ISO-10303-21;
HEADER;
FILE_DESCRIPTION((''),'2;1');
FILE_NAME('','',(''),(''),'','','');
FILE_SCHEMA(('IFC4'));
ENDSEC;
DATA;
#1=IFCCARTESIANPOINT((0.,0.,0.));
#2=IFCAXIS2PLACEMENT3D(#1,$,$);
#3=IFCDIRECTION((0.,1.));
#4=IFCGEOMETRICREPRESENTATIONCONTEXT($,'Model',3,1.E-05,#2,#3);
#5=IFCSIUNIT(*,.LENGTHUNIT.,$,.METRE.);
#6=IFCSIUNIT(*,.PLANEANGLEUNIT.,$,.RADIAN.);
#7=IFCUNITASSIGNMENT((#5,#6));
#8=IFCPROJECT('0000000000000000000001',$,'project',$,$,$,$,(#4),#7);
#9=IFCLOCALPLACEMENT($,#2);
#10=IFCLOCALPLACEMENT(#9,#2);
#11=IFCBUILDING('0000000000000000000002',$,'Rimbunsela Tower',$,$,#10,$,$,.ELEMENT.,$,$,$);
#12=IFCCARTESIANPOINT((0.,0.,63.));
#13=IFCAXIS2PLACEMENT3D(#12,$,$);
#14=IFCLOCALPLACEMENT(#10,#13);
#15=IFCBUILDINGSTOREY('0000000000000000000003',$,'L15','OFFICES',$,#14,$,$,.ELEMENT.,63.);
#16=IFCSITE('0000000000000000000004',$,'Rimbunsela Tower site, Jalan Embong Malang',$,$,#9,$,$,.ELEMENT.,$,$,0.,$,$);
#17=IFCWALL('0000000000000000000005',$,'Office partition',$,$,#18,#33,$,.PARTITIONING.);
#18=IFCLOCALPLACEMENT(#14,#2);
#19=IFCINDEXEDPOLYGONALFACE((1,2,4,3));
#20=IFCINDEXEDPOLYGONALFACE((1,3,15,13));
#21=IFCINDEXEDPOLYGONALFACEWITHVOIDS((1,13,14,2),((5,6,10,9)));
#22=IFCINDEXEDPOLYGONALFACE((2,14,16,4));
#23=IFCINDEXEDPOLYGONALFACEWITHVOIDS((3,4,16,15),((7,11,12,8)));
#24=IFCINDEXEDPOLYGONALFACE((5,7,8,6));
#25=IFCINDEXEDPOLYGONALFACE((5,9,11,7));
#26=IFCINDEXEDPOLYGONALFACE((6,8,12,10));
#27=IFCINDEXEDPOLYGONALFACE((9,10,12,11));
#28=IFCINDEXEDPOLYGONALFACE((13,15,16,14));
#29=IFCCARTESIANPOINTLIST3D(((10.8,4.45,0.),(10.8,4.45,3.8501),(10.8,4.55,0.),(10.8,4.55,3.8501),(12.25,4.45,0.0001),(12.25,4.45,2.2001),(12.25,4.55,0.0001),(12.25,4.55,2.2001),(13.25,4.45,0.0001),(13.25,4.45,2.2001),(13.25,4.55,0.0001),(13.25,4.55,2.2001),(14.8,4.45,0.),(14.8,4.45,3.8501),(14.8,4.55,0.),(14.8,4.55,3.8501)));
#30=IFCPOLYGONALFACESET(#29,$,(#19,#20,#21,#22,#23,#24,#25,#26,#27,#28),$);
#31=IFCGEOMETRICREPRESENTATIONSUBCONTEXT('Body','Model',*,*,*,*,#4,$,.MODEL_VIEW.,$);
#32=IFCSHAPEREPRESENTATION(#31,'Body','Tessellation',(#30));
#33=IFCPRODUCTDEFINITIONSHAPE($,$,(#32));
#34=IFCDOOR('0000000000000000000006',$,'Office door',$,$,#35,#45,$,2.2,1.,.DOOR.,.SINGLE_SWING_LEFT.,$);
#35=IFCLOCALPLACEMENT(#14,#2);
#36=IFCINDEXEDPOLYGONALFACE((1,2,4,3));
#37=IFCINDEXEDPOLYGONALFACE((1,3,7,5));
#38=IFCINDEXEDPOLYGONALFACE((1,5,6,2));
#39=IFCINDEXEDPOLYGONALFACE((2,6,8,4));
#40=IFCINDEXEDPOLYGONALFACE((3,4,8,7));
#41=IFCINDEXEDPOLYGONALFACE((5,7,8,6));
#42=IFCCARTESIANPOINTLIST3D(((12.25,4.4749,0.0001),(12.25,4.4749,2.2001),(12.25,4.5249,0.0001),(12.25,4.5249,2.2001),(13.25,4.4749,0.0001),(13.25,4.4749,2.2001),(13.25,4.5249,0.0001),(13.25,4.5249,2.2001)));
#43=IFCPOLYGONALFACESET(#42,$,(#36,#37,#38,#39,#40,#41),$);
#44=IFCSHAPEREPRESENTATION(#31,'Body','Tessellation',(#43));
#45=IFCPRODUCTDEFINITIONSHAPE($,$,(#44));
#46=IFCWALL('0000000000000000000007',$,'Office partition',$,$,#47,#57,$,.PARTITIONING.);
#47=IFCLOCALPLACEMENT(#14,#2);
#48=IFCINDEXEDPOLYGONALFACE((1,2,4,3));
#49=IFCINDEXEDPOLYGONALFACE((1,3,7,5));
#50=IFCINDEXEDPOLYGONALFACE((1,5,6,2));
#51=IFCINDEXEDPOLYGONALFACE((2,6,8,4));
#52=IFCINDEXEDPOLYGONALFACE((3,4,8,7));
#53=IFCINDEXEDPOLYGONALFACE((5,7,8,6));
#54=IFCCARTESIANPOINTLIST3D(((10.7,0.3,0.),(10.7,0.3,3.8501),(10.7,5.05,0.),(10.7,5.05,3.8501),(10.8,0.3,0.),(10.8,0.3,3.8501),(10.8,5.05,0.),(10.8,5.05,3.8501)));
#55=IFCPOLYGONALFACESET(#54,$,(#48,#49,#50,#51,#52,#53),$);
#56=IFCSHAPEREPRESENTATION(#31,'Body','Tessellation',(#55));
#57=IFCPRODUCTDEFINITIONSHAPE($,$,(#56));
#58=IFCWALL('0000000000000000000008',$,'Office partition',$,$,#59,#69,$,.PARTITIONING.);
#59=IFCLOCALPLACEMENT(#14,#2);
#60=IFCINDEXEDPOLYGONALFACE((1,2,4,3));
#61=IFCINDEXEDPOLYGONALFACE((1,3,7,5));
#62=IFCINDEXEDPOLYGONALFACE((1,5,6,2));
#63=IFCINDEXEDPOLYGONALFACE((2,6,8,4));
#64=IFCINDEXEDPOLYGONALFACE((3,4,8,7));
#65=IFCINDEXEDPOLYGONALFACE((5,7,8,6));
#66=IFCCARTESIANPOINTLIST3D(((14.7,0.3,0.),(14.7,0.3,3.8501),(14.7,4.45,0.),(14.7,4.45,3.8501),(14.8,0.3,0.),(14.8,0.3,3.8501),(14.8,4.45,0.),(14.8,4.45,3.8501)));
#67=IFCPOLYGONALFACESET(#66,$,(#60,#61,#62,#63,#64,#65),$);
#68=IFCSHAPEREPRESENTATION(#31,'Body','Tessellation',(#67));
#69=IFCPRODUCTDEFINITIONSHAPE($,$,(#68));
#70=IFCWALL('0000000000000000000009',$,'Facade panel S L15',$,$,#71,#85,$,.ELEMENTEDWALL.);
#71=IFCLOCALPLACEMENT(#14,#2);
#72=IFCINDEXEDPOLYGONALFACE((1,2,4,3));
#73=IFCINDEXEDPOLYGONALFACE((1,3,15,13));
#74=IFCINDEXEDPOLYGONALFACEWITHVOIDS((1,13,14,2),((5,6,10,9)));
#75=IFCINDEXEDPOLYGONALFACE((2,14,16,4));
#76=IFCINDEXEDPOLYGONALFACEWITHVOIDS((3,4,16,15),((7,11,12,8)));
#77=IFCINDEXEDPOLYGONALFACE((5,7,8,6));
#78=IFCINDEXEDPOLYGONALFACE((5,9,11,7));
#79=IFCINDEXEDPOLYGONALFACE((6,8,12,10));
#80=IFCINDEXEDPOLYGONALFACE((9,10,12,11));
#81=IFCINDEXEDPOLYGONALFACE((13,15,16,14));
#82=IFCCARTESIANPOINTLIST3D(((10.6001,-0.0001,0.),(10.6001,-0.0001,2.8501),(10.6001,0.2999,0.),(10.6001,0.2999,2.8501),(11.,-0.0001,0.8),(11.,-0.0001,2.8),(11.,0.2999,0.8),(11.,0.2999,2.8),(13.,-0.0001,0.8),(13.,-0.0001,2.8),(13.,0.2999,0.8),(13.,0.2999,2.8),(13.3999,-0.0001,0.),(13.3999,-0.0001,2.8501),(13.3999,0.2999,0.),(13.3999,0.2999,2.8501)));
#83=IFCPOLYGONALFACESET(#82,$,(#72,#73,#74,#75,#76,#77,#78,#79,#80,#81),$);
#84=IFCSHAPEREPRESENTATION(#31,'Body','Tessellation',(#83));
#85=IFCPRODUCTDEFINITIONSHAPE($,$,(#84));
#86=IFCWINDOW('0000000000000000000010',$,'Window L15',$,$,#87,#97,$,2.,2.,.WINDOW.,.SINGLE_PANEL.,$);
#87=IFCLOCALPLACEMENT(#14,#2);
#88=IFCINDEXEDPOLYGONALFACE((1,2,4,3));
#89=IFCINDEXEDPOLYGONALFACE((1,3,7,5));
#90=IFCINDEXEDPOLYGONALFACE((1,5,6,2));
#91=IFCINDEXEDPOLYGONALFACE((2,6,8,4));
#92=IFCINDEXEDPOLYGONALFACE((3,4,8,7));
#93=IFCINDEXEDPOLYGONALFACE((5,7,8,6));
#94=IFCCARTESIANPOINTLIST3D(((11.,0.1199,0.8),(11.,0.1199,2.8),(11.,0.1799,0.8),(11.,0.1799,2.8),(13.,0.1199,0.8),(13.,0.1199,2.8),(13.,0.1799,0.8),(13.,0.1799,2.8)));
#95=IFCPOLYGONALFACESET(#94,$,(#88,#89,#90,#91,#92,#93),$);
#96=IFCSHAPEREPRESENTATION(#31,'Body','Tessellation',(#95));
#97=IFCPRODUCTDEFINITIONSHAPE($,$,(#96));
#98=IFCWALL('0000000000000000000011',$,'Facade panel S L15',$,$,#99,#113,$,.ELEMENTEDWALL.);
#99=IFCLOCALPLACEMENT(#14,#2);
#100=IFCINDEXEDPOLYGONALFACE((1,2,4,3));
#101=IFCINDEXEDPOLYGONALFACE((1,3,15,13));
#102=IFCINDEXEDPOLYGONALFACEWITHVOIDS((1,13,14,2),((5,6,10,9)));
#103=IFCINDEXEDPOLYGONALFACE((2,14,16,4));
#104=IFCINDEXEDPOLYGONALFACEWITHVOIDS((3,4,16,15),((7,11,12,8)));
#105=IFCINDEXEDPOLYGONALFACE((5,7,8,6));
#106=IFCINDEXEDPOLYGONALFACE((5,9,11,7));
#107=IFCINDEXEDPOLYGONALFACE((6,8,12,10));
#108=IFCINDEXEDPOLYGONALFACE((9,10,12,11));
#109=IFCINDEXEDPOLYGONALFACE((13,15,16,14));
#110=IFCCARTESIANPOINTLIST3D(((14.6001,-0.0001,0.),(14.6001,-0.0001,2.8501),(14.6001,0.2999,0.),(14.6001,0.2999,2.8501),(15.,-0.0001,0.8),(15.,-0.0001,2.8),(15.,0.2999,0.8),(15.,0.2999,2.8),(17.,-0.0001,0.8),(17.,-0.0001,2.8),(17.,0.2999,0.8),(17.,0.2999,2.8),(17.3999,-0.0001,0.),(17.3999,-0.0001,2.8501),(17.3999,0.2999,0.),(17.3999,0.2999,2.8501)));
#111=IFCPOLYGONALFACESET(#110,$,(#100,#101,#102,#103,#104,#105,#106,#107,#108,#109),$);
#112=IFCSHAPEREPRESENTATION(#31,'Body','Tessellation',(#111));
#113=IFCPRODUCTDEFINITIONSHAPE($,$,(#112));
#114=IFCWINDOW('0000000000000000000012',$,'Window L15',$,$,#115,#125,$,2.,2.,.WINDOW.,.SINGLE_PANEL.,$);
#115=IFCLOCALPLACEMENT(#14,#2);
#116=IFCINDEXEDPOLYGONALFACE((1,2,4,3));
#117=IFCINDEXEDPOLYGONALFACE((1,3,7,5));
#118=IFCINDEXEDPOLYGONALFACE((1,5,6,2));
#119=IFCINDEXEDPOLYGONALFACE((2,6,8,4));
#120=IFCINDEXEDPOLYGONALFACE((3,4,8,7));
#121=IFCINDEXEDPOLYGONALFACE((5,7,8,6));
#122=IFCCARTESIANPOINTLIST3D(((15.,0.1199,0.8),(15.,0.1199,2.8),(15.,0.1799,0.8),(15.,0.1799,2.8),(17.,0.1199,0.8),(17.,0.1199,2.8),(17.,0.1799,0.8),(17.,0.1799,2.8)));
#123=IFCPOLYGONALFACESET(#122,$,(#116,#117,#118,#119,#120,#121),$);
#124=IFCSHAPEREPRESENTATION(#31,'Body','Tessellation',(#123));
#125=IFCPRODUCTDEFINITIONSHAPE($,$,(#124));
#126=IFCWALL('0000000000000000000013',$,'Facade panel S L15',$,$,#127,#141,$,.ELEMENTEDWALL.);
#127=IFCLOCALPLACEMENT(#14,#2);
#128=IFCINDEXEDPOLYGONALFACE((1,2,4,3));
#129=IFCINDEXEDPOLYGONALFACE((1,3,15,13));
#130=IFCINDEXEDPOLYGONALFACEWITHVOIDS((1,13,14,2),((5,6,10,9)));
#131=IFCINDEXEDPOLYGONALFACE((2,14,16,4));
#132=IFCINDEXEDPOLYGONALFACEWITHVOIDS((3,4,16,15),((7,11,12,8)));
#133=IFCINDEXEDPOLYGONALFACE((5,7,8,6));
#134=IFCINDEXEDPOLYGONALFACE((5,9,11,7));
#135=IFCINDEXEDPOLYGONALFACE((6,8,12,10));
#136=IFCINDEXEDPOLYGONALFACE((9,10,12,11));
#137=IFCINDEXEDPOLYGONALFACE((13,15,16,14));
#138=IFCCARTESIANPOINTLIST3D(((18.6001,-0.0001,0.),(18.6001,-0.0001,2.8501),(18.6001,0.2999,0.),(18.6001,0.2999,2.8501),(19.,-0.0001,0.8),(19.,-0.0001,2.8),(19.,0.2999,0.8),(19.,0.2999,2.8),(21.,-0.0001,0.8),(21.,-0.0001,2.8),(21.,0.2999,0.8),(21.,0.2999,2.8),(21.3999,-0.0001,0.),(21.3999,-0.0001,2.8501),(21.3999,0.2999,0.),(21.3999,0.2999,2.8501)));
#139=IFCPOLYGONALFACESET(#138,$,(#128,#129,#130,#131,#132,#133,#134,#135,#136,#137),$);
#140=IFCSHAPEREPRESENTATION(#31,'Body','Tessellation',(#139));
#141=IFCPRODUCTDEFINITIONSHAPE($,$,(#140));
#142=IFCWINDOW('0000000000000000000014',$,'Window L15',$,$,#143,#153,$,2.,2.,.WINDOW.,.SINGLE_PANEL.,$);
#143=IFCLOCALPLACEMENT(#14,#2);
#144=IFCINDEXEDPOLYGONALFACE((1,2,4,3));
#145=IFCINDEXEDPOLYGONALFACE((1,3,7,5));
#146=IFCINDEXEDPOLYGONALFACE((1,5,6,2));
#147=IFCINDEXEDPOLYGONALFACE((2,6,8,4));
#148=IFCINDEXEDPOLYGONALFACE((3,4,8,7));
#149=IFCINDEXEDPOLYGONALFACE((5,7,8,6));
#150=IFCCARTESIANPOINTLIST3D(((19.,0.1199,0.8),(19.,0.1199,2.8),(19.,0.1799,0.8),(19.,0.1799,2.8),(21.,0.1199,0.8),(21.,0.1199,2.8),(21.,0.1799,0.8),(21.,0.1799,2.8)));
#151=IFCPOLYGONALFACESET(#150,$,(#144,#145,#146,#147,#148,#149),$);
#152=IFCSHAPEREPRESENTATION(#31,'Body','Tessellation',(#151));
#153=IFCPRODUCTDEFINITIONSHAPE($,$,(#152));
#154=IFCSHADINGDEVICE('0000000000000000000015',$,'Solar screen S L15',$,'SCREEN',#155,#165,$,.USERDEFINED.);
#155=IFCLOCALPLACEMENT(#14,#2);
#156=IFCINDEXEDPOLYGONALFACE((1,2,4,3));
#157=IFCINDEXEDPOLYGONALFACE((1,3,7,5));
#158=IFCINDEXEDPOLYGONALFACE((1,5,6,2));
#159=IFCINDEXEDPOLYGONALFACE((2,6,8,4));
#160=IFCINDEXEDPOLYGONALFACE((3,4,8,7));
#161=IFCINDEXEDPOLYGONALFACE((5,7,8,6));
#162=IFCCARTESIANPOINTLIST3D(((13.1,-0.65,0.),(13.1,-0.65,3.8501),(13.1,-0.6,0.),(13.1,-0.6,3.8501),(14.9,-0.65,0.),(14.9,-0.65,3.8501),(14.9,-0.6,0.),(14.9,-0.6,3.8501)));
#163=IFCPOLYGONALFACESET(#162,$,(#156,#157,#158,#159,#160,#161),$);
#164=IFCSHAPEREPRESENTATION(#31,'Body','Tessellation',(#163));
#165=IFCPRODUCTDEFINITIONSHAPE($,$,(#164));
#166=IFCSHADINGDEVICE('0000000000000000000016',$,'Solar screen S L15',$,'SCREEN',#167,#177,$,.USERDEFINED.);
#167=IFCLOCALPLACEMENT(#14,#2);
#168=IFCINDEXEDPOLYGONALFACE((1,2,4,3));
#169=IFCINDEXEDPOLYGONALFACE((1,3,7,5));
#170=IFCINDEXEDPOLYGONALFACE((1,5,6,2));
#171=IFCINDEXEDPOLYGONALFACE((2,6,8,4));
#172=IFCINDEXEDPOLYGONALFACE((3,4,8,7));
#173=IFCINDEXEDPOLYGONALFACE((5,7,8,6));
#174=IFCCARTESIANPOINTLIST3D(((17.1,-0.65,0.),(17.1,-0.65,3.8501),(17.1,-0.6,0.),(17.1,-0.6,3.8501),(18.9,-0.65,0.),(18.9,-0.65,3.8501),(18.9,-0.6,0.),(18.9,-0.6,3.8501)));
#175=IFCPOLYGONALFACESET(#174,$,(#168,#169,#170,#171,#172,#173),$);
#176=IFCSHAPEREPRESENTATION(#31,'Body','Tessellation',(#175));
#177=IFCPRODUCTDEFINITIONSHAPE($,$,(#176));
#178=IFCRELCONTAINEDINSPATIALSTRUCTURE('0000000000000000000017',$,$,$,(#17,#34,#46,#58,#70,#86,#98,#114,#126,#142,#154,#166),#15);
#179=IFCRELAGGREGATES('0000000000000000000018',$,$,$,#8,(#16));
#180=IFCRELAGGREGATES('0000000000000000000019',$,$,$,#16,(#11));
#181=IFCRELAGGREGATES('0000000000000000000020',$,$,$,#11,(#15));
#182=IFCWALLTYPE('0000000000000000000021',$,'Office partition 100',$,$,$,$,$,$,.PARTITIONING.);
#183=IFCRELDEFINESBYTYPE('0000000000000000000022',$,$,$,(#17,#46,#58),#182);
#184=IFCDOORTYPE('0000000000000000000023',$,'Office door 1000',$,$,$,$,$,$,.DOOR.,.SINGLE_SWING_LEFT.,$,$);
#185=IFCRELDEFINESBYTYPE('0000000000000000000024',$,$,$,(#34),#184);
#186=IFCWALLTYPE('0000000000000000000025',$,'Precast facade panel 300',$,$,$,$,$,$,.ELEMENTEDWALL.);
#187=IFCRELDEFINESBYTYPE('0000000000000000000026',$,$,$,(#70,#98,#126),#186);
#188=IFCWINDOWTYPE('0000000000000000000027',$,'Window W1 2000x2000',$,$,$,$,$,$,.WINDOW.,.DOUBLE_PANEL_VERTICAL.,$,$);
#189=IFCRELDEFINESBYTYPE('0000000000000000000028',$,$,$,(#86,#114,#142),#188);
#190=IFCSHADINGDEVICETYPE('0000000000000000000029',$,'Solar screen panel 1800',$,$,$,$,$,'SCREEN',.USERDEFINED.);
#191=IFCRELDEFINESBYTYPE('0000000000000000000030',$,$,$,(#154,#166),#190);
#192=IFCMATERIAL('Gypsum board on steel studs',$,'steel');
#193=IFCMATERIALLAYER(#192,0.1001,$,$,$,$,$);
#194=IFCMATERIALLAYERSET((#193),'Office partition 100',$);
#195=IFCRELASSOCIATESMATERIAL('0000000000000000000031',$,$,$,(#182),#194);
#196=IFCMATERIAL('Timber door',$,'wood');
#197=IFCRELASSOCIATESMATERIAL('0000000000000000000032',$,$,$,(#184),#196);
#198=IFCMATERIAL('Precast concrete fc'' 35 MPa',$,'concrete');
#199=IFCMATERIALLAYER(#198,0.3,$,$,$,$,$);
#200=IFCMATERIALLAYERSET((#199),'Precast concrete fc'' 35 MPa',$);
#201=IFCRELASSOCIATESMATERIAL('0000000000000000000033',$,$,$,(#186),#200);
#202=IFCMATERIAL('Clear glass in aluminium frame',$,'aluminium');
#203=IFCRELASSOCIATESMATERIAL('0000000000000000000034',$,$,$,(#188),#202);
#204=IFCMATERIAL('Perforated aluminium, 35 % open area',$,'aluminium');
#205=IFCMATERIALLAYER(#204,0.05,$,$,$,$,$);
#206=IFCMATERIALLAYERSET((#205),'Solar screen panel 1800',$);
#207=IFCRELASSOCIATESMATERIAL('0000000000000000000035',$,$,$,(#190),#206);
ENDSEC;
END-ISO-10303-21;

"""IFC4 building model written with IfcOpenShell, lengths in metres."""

from ifc_helpers import new_model, si_unit, direction, frame, frame_2d, origin, origin_2d, place, context, subcontext, project, spatial, rectangle, extrude, material, layer, layer_set, type_object, element, fill, save


model = new_model("IFC4")

# Units and contexts
model_context = context("Model", 3, precision=1e-05, world=origin(), true_north=direction((0.0, 1.0)))
body_context = subcontext(model_context, "Body", "Model", "MODEL_VIEW")
ifc_project = project(units=[si_unit("LENGTHUNIT", "METRE"), si_unit("PLANEANGLEUNIT", "RADIAN")], contexts=[model_context])

# Site, building, storey
site_placement = place(None, origin())
site = spatial("IfcSite", under=ifc_project, at=site_placement, Name="Rimbunsela Tower site, Jalan Embong Malang", CompositionType="ELEMENT", RefElevation=0.0)
building_placement = place(site_placement, origin())
building = spatial("IfcBuilding", under=site, at=building_placement, Name="Rimbunsela Tower", CompositionType="ELEMENT")
storey_placement = place(building_placement, frame((0.0, 0.0, 63.0)))
storey = spatial("IfcBuildingStorey", under=building, at=storey_placement, Name="L15", Description="OFFICES", CompositionType="ELEMENT", Elevation=63.0)

# Wall, opening, door
ifc_material_1 = material(Name="Gypsum board on steel studs", Category="steel")
ifc_layer_1 = layer(ifc_material_1, 0.1001)
ifc_layer_set_1 = layer_set([ifc_layer_1], Name="Office partition 100")
wall_type_1 = type_object("IfcWallType", Name="Office partition 100", PredefinedType="PARTITIONING", material=ifc_layer_set_1)
wall_1_placement = place(storey_placement, frame((10.8, 4.5, 0.0), z_axis=(0.0, 0.0, 1.0), x_axis=(1.0, 0.0, 0.0)))
wall_1 = element("IfcWall", 1, at=wall_1_placement, inside=storey, type_object=wall_type_1, Name="Office partition", PredefinedType="PARTITIONING", context=body_context, shape_type="SweptSolid", body=[
    extrude(rectangle(XDim=4.0, YDim=0.1001, at=frame_2d((2.0, 0.0))), origin(), (0.0, 0.0, 1.0), 3.8501),
])
opening_1_placement = place(wall_1_placement, frame((1.45, 0.0, 0.0)))
opening_1 = element("IfcOpeningElement", 2, at=opening_1_placement, cuts=wall_1, PredefinedType="OPENING", context=body_context, shape_type="SweptSolid", body=[
    extrude(rectangle(XDim=1.0, YDim=2.2, at=frame_2d((0.5, 1.1001))), frame((0.0, 0.0601, 0.0), z_axis=(0.0, -1.0, 0.0), x_axis=(1.0, 0.0, 0.0)), (0.0, 0.0, 1.0), 0.1201),
])
ifc_material_2 = material(Name="Timber door", Category="wood")
door_type = type_object("IfcDoorType", Name="Office door 1000", OperationType="SINGLE_SWING_LEFT", PredefinedType="DOOR", material=ifc_material_2)
door_placement = place(opening_1_placement, origin())
door = element("IfcDoor", 3, at=door_placement, inside=storey, type_object=door_type, Name="Office door", OperationType="SINGLE_SWING_LEFT", OverallHeight=2.2, OverallWidth=1.0, PredefinedType="DOOR", context=body_context, shape_type="SweptSolid", body=[
    extrude(rectangle(XDim=1.0, YDim=2.2, at=frame_2d((0.5, 1.1001))), frame((0.0, 0.0249, 0.0), z_axis=(0.0, -1.0, 0.0), x_axis=(1.0, 0.0, 0.0)), (0.0, 0.0, 1.0), 0.05),
])
fill(opening_1, door)

# Walls
wall_2_placement = place(storey_placement, frame((10.75, 0.3, 0.0), z_axis=(0.0, 0.0, 1.0), x_axis=(0.0, 1.0, 0.0)))
element("IfcWall", 4, at=wall_2_placement, inside=storey, type_object=wall_type_1, Name="Office partition", PredefinedType="PARTITIONING", context=body_context, shape_type="SweptSolid", body=[
    extrude(rectangle(XDim=4.75, YDim=0.1001, at=frame_2d((2.375, 0.0))), origin(), (0.0, 0.0, 1.0), 3.8501),
])
wall_3_placement = place(storey_placement, frame((14.75, 0.3, 0.0), z_axis=(0.0, 0.0, 1.0), x_axis=(0.0, 1.0, 0.0)))
element("IfcWall", 5, at=wall_3_placement, inside=storey, type_object=wall_type_1, Name="Office partition", PredefinedType="PARTITIONING", context=body_context, shape_type="SweptSolid", body=[
    extrude(rectangle(XDim=4.1499, YDim=0.1001, at=frame_2d((2.075, 0.0))), origin(), (0.0, 0.0, 1.0), 3.8501),
])

# Walls, openings, windows
ifc_material_3 = material(Name="Precast concrete fc' 35 MPa", Category="concrete")
ifc_layer_2 = layer(ifc_material_3, 0.3)
ifc_layer_set_2 = layer_set([ifc_layer_2], Name="Precast concrete fc' 35 MPa")
wall_type_2 = type_object("IfcWallType", Name="Precast facade panel 300", PredefinedType="ELEMENTEDWALL", material=ifc_layer_set_2)
wall_4_placement = place(storey_placement, frame((10.6001, 0.1499, 0.0), z_axis=(0.0, 0.0, 1.0), x_axis=(1.0, 0.0, 0.0)))
wall_4 = element("IfcWall", 6, at=wall_4_placement, inside=storey, type_object=wall_type_2, Name="Facade panel S L15", PredefinedType="ELEMENTEDWALL", context=body_context, shape_type="SweptSolid", body=[
    extrude(rectangle(XDim=2.7998, YDim=0.3, at=frame_2d((1.3999, 0.0))), origin(), (0.0, 0.0, 1.0), 2.8501),
])
opening_2_placement = place(wall_4_placement, frame((0.3999, 0.0, 0.8)))
opening_2 = element("IfcOpeningElement", 7, at=opening_2_placement, cuts=wall_4, PredefinedType="OPENING", context=body_context, shape_type="SweptSolid", body=[
    extrude(rectangle(XDim=2.0, YDim=2.0, at=frame_2d((1.0, 1.0))), frame((0.0, 0.1599, 0.0), z_axis=(0.0, -1.0, 0.0), x_axis=(1.0, 0.0, 0.0)), (0.0, 0.0, 1.0), 0.3201),
])
ifc_material_4 = material(Name="Clear glass in aluminium frame", Category="aluminium")
window_type = type_object("IfcWindowType", Name="Window W1 2000x2000", PartitioningType="DOUBLE_PANEL_VERTICAL", PredefinedType="WINDOW", material=ifc_material_4)
window_1_placement = place(opening_2_placement, origin())
window_1 = element("IfcWindow", 8, at=window_1_placement, inside=storey, type_object=window_type, Name="Window L15", OverallHeight=2.0, OverallWidth=2.0, PartitioningType="SINGLE_PANEL", PredefinedType="WINDOW", context=body_context, shape_type="SweptSolid", body=[
    extrude(rectangle(XDim=2.0, YDim=2.0, at=frame_2d((1.0, 1.0))), frame((0.0, 0.03, 0.0), z_axis=(0.0, -1.0, 0.0), x_axis=(1.0, 0.0, 0.0)), (0.0, 0.0, 1.0), 0.0601),
])
fill(opening_2, window_1)
wall_5_placement = place(storey_placement, frame((14.6001, 0.1499, 0.0), z_axis=(0.0, 0.0, 1.0), x_axis=(1.0, 0.0, 0.0)))
wall_5 = element("IfcWall", 9, at=wall_5_placement, inside=storey, type_object=wall_type_2, Name="Facade panel S L15", PredefinedType="ELEMENTEDWALL", context=body_context, shape_type="SweptSolid", body=[
    extrude(rectangle(XDim=2.7998, YDim=0.3, at=frame_2d((1.3999, 0.0))), origin(), (0.0, 0.0, 1.0), 2.8501),
])
opening_3_placement = place(wall_5_placement, frame((0.3999, 0.0, 0.8)))
opening_3 = element("IfcOpeningElement", 10, at=opening_3_placement, cuts=wall_5, PredefinedType="OPENING", context=body_context, shape_type="SweptSolid", body=[
    extrude(rectangle(XDim=2.0, YDim=2.0, at=frame_2d((1.0, 1.0))), frame((0.0, 0.1599, 0.0), z_axis=(0.0, -1.0, 0.0), x_axis=(1.0, 0.0, 0.0)), (0.0, 0.0, 1.0), 0.3201),
])
window_2_placement = place(opening_3_placement, origin())
window_2 = element("IfcWindow", 11, at=window_2_placement, inside=storey, type_object=window_type, Name="Window L15", OverallHeight=2.0, OverallWidth=2.0, PartitioningType="SINGLE_PANEL", PredefinedType="WINDOW", context=body_context, shape_type="SweptSolid", body=[
    extrude(rectangle(XDim=2.0, YDim=2.0, at=frame_2d((1.0, 1.0))), frame((0.0, 0.03, 0.0), z_axis=(0.0, -1.0, 0.0), x_axis=(1.0, 0.0, 0.0)), (0.0, 0.0, 1.0), 0.0601),
])
fill(opening_3, window_2)
wall_6_placement = place(storey_placement, frame((18.6001, 0.1499, 0.0), z_axis=(0.0, 0.0, 1.0), x_axis=(1.0, 0.0, 0.0)))
wall_6 = element("IfcWall", 12, at=wall_6_placement, inside=storey, type_object=wall_type_2, Name="Facade panel S L15", PredefinedType="ELEMENTEDWALL", context=body_context, shape_type="SweptSolid", body=[
    extrude(rectangle(XDim=2.7998, YDim=0.3, at=frame_2d((1.3999, 0.0))), origin(), (0.0, 0.0, 1.0), 2.8501),
])
opening_4_placement = place(wall_6_placement, frame((0.3999, 0.0, 0.8)))
opening_4 = element("IfcOpeningElement", 13, at=opening_4_placement, cuts=wall_6, PredefinedType="OPENING", context=body_context, shape_type="SweptSolid", body=[
    extrude(rectangle(XDim=2.0, YDim=2.0, at=frame_2d((1.0, 1.0))), frame((0.0, 0.1599, 0.0), z_axis=(0.0, -1.0, 0.0), x_axis=(1.0, 0.0, 0.0)), (0.0, 0.0, 1.0), 0.3201),
])
window_3_placement = place(opening_4_placement, origin())
window_3 = element("IfcWindow", 14, at=window_3_placement, inside=storey, type_object=window_type, Name="Window L15", OverallHeight=2.0, OverallWidth=2.0, PartitioningType="SINGLE_PANEL", PredefinedType="WINDOW", context=body_context, shape_type="SweptSolid", body=[
    extrude(rectangle(XDim=2.0, YDim=2.0, at=frame_2d((1.0, 1.0))), frame((0.0, 0.03, 0.0), z_axis=(0.0, -1.0, 0.0), x_axis=(1.0, 0.0, 0.0)), (0.0, 0.0, 1.0), 0.0601),
])
fill(opening_4, window_3)

# Shading devices
ifc_material_5 = material(Name="Perforated aluminium, 35 % open area", Category="aluminium")
ifc_layer_3 = layer(ifc_material_5, 0.05)
ifc_layer_set_3 = layer_set([ifc_layer_3], Name="Solar screen panel 1800")
shading_device_type = type_object("IfcShadingDeviceType", Name="Solar screen panel 1800", ElementType="SCREEN", PredefinedType="USERDEFINED", material=ifc_layer_set_3)
for number, where, z_axis, x_axis, name in (
    (15, (14.0, -0.625, 0.0), (0.0, 0.0, 1.0), (1.0, 0.0, 0.0), "Solar screen S L15"),
    (16, (18.0, -0.625, 0.0), (0.0, 0.0, 1.0), (1.0, 0.0, 0.0), "Solar screen S L15"),
):
    element("IfcShadingDevice", number, at=place(storey_placement, frame(where, z_axis=z_axis, x_axis=x_axis)), inside=storey, type_object=shading_device_type, Name=name, ObjectType="SCREEN", PredefinedType="USERDEFINED", context=body_context, shape_type="SweptSolid", body=[
        extrude(rectangle(XDim=1.8, YDim=0.05, at=origin_2d()), origin(), (0.0, 0.0, 1.0), 3.8501),
    ])

save(model, "model.ifc")
